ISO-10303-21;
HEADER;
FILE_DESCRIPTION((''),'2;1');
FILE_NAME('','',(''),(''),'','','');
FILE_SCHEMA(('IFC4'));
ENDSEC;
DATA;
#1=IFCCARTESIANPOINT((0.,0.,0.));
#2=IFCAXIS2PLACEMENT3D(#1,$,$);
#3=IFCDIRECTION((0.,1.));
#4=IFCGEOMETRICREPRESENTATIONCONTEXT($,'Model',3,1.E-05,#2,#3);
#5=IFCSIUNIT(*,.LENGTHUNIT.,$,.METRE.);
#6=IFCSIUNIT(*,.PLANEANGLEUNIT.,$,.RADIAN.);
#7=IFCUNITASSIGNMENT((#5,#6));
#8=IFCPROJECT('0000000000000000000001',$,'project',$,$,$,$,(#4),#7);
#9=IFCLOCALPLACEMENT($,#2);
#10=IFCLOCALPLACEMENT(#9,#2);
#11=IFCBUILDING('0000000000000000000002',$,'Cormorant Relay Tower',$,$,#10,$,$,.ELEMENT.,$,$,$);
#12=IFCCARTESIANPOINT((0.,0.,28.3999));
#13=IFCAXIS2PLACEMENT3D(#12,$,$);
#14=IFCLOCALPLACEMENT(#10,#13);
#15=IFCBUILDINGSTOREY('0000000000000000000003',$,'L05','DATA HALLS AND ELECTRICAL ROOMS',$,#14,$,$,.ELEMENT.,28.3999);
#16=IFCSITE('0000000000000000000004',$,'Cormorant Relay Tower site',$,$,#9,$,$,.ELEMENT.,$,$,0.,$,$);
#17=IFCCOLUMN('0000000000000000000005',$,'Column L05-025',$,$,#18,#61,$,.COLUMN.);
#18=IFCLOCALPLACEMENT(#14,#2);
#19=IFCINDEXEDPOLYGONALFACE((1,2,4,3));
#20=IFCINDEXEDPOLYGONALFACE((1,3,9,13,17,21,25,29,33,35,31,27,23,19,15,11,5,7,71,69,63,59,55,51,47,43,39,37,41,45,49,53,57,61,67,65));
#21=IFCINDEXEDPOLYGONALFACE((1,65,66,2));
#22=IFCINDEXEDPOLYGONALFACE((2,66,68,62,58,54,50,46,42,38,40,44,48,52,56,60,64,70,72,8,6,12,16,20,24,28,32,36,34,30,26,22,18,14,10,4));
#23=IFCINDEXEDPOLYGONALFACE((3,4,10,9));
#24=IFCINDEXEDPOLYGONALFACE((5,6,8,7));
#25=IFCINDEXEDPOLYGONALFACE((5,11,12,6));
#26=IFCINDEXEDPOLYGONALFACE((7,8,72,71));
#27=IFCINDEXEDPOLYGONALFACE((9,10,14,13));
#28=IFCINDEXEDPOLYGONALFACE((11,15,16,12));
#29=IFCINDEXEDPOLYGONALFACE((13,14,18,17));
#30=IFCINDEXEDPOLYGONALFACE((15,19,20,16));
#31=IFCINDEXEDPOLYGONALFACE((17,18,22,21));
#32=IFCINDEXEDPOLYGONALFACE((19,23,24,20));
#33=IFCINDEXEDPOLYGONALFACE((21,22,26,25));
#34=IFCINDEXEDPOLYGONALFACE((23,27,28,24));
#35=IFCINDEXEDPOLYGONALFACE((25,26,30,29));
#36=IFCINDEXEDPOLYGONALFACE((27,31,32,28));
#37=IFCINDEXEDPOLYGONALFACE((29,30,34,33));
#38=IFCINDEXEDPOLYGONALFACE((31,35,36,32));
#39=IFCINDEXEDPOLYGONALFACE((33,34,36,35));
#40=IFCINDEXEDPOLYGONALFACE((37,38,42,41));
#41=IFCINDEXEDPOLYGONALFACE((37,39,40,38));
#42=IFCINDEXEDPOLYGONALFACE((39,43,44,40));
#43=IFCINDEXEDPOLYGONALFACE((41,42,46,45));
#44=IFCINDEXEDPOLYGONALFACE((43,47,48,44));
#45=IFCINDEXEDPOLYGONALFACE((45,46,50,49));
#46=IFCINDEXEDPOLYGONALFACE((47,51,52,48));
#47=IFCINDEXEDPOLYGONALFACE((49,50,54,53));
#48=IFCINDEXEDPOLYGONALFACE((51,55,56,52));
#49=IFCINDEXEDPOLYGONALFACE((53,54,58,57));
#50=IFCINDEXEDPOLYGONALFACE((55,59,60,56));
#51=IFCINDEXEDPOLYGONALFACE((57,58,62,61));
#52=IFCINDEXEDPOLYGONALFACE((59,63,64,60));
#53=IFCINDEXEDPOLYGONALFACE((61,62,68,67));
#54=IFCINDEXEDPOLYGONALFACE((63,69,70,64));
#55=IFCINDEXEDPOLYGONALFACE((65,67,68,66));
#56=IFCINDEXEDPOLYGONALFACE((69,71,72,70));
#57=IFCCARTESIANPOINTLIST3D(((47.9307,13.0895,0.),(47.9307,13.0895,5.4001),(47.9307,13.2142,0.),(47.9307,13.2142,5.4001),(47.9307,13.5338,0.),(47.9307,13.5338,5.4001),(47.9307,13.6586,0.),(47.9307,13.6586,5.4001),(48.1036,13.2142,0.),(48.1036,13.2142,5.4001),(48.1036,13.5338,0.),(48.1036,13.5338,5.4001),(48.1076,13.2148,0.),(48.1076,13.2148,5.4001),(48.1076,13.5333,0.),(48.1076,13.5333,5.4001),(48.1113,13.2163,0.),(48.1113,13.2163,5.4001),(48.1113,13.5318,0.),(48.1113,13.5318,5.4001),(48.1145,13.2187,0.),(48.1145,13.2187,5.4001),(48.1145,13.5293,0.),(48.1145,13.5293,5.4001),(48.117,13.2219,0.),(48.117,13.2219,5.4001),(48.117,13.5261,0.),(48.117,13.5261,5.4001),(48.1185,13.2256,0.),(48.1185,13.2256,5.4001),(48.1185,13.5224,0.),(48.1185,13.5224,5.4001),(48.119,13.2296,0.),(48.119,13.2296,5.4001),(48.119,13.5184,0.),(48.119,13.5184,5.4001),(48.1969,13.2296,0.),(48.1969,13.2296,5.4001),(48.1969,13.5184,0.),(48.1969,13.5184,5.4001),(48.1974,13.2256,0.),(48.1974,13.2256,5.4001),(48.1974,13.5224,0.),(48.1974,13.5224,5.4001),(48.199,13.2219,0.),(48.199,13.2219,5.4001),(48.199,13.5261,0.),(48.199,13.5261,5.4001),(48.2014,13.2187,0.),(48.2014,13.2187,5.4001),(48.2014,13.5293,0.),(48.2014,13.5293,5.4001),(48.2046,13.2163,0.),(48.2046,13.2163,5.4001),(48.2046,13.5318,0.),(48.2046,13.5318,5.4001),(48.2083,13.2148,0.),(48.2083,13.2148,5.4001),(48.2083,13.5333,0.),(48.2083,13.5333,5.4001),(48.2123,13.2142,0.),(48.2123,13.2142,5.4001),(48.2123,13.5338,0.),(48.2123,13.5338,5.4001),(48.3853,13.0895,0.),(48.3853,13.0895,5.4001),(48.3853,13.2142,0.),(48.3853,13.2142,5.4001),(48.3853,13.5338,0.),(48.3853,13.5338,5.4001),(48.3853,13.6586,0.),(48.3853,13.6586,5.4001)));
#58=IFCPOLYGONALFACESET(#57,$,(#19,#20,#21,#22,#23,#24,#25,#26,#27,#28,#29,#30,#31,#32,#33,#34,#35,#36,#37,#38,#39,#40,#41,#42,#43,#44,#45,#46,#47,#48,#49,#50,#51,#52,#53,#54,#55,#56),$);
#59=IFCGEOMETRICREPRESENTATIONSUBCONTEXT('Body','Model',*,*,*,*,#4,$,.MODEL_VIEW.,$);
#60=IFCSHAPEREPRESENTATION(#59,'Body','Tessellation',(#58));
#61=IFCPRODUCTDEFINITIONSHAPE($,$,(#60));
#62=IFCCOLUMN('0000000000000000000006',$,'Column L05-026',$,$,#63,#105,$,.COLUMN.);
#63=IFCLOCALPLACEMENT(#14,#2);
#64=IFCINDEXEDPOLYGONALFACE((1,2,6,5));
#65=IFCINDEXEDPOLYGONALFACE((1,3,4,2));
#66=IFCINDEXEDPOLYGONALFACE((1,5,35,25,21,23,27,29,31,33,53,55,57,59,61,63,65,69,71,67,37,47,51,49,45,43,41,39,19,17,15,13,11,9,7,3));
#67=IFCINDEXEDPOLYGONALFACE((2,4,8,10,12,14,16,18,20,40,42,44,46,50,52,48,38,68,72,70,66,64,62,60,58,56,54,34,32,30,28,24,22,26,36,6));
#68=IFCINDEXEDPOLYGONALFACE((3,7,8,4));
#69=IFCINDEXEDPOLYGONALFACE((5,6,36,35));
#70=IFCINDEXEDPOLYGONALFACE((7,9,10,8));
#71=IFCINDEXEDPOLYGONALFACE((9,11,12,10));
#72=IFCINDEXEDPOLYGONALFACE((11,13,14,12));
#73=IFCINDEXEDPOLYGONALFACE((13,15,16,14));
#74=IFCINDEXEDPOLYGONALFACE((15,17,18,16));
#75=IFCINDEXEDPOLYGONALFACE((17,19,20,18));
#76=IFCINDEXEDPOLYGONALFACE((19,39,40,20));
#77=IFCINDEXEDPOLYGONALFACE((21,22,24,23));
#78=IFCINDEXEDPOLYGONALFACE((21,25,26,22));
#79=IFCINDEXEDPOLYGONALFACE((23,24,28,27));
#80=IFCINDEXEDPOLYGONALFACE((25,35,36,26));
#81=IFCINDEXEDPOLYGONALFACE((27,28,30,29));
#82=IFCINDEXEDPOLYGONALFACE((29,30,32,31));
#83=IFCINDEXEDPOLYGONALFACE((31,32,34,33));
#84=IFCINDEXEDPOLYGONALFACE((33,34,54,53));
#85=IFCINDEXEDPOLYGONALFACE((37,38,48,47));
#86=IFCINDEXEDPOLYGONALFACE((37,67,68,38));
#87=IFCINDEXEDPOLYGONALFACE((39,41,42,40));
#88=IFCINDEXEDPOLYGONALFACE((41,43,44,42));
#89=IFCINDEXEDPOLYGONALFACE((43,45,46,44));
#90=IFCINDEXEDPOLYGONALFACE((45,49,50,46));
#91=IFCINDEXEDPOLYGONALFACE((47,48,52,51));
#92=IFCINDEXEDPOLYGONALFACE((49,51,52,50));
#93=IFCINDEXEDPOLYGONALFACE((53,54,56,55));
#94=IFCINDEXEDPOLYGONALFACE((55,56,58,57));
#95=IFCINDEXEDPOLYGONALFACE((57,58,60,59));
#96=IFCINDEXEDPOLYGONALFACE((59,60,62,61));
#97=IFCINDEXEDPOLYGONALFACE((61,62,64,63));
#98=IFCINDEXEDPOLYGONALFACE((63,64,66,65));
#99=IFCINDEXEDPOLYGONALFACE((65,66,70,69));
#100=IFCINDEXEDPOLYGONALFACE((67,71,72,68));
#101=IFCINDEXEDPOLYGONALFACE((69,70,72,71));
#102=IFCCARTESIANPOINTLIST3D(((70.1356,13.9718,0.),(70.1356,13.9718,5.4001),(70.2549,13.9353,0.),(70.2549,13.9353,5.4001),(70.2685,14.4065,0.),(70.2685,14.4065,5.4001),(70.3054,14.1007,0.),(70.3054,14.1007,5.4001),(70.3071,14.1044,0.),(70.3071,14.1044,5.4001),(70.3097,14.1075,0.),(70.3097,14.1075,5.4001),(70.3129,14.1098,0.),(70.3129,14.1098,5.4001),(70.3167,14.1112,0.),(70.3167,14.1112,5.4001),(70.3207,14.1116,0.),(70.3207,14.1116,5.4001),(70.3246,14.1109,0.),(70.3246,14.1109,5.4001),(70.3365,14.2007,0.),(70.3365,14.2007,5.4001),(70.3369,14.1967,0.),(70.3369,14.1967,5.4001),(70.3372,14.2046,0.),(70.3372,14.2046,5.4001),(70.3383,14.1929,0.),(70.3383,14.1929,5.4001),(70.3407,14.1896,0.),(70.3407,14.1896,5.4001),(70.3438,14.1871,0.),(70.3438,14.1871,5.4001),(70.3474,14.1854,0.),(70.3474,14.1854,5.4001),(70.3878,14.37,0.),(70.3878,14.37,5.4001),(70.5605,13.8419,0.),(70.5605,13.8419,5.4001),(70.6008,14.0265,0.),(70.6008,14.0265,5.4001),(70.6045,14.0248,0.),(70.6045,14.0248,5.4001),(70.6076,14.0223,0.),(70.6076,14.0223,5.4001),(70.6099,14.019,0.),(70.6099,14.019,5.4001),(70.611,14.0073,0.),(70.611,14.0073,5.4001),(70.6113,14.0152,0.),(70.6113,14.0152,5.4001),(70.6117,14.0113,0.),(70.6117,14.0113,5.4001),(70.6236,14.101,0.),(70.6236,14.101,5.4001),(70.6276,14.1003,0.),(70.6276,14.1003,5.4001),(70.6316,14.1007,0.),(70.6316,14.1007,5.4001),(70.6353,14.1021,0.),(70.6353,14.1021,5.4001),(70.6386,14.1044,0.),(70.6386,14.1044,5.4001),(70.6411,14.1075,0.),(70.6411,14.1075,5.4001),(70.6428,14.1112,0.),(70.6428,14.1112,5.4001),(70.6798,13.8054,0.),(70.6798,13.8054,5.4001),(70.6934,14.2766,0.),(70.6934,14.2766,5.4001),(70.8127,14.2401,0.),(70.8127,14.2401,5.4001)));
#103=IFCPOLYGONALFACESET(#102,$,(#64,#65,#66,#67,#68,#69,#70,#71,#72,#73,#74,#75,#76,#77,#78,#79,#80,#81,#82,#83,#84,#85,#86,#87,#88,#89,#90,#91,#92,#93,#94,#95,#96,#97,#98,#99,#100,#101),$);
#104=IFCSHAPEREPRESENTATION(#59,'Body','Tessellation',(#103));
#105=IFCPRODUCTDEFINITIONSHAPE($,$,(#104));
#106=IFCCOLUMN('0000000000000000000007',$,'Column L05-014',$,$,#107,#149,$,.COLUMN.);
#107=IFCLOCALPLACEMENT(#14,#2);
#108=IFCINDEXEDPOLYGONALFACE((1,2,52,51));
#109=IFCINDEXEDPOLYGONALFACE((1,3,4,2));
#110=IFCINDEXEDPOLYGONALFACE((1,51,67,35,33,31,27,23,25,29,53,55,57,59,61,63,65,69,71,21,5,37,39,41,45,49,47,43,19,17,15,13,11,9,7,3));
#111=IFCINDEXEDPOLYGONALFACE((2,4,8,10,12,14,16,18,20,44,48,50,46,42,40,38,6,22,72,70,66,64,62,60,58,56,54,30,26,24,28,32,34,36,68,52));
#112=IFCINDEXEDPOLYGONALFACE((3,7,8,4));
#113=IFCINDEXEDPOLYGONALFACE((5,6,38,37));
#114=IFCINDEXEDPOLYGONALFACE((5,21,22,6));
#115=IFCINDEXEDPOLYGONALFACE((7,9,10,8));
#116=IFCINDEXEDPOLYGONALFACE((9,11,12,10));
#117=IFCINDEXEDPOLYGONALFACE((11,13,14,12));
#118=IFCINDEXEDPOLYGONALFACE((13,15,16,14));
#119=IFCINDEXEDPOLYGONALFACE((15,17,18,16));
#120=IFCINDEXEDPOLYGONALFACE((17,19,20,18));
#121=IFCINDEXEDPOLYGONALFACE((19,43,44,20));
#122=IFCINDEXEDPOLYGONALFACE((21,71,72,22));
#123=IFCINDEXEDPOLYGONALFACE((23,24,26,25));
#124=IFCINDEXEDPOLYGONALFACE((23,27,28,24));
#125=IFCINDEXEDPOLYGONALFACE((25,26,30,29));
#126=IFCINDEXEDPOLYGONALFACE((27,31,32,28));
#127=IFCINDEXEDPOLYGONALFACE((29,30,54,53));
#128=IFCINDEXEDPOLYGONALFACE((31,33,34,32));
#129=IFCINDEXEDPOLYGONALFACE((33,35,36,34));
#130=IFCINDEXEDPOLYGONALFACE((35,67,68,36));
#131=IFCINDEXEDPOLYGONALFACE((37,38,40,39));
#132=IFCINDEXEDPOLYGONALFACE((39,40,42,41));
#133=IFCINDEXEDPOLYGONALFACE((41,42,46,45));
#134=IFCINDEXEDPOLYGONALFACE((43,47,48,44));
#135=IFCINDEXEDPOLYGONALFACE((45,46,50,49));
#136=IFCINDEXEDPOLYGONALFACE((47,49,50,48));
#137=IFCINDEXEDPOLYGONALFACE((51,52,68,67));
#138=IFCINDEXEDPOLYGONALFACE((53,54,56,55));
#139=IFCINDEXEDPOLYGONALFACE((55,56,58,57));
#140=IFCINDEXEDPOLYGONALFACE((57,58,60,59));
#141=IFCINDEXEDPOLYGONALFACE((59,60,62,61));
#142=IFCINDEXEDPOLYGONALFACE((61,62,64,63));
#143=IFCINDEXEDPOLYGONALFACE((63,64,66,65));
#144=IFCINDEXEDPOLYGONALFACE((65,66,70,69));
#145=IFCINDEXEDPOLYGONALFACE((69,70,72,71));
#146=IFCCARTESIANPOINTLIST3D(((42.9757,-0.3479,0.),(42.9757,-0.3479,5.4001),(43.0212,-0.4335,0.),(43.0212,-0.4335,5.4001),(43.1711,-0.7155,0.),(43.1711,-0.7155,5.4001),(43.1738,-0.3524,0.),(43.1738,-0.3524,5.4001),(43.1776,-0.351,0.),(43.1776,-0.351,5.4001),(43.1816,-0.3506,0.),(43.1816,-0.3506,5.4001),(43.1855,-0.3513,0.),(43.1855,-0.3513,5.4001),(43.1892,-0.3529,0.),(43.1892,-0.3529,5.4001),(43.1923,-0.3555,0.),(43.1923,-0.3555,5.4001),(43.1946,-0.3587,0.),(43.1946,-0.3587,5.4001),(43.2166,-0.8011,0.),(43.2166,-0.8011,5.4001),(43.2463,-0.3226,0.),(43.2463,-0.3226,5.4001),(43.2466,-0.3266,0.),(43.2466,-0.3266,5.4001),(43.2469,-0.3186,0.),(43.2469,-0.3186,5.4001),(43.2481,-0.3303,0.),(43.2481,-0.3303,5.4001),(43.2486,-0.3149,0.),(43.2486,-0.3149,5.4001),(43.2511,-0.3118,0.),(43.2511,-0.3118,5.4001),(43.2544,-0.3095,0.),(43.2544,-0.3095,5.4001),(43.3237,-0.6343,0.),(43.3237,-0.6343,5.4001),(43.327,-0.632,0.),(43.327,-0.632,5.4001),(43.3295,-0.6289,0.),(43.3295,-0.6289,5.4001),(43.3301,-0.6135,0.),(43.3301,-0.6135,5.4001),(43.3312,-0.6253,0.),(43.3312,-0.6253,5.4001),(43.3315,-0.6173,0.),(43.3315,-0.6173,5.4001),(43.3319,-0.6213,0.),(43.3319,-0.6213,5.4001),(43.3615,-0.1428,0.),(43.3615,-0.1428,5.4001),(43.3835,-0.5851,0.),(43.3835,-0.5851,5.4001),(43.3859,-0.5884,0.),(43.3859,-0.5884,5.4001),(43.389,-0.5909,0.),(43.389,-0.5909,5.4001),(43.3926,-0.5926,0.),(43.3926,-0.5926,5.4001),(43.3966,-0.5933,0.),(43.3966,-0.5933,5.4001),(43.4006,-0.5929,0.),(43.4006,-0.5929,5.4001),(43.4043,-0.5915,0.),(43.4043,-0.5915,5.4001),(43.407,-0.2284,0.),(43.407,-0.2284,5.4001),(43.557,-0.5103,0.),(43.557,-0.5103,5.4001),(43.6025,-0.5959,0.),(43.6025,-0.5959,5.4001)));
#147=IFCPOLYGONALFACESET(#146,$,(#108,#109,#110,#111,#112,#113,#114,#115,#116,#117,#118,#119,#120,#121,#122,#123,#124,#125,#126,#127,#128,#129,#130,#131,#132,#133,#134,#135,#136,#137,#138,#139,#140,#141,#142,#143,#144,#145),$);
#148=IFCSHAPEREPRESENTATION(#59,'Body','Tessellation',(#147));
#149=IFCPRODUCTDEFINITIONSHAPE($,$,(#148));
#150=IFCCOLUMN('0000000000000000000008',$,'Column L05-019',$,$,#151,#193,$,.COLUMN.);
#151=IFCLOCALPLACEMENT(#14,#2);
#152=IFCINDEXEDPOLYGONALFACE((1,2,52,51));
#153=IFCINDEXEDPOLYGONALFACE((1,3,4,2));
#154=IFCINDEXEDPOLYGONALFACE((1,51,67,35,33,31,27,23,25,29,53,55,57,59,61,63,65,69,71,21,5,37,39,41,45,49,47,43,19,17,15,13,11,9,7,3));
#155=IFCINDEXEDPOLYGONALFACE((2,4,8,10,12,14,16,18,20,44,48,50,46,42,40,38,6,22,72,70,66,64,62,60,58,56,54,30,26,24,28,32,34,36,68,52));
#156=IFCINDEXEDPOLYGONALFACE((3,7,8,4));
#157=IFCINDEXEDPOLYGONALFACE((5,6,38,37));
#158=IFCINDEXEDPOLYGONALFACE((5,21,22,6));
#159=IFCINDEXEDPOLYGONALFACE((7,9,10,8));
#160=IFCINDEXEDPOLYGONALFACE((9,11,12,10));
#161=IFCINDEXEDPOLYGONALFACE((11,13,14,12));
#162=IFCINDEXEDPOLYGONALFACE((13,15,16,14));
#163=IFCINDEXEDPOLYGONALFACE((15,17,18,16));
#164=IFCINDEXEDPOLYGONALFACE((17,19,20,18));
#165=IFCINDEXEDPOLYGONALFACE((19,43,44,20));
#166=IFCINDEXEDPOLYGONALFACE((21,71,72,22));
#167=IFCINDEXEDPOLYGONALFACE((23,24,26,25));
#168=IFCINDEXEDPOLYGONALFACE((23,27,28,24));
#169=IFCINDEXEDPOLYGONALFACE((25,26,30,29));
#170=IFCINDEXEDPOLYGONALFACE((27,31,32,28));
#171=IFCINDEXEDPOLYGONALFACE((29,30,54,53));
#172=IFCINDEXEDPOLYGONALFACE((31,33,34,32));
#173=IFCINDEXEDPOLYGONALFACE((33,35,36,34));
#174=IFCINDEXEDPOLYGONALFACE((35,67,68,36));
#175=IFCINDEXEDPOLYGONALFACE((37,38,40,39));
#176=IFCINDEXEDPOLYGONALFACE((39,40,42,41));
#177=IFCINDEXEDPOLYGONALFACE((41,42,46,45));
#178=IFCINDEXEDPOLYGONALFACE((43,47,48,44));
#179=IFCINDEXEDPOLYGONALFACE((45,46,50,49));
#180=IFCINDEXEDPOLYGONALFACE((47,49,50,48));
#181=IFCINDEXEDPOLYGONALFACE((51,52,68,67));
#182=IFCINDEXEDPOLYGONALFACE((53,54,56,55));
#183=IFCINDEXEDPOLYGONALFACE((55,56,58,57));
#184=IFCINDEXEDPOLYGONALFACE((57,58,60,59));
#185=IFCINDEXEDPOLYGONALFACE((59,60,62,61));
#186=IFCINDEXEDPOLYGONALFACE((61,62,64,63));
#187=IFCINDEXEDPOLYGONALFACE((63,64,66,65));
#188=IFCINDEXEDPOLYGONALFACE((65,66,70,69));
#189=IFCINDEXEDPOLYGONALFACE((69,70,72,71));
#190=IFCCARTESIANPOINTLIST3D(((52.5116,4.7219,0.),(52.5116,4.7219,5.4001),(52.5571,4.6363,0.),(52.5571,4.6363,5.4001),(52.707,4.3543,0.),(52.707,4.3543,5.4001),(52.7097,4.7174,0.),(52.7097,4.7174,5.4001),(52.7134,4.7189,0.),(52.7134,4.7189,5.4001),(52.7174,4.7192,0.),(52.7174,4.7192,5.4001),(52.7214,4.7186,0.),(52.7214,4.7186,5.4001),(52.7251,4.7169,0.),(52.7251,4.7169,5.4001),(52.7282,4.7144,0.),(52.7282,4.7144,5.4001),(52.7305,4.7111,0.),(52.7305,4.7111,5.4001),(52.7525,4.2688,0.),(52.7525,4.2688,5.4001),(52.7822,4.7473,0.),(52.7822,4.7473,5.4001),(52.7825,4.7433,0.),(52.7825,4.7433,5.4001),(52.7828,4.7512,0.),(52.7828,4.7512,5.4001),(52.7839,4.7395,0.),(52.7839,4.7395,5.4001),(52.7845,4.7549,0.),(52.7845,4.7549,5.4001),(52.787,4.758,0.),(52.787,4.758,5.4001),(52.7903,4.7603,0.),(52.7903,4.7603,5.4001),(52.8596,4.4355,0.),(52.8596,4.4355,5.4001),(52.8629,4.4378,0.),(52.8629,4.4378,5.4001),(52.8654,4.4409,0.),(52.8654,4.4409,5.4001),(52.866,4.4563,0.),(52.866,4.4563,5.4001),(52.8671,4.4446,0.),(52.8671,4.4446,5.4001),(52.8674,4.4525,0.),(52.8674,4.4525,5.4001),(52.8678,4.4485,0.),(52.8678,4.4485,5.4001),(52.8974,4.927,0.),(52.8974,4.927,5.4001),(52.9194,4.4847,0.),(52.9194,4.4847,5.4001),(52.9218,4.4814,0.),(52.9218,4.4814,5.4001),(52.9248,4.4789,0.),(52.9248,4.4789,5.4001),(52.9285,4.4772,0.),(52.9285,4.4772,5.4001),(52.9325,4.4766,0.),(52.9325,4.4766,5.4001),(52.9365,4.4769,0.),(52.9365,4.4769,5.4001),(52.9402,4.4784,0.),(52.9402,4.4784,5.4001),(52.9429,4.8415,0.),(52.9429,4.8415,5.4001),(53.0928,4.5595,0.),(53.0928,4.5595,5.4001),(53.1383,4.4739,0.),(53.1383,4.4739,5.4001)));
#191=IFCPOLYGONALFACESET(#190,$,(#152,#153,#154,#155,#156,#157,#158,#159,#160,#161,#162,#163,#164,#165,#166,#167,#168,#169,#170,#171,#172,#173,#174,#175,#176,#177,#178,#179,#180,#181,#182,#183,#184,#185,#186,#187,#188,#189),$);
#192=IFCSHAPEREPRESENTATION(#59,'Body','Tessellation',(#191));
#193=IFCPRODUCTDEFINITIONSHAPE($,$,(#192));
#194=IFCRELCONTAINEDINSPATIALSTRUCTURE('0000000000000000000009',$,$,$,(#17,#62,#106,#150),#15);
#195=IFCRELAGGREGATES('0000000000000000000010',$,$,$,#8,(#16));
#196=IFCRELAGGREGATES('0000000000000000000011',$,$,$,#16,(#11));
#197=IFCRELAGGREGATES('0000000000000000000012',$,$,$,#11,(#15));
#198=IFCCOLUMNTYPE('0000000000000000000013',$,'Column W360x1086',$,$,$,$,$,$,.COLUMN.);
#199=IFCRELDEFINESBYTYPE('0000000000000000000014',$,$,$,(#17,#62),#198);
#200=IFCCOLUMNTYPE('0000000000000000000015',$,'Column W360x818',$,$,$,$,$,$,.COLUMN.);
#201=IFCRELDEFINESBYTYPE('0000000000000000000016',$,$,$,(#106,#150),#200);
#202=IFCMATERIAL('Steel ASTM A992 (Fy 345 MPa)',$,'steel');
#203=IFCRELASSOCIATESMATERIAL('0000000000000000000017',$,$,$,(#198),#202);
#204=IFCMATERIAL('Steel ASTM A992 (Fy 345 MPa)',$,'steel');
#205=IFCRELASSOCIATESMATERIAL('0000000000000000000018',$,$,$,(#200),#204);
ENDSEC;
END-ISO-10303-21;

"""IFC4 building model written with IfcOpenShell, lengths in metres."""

from ifc_helpers import new_model, si_unit, direction, frame, origin, origin_2d, place, context, subcontext, project, spatial, i_section, extrude, material, material_profile, profile_set, type_object, element, save


model = new_model("IFC4")

# Units and contexts
model_context = context("Model", 3, precision=1e-05, world=origin(), true_north=direction((0.0, 1.0)))
body_context = subcontext(model_context, "Body", "Model", "MODEL_VIEW")
ifc_project = project(units=[si_unit("LENGTHUNIT", "METRE"), si_unit("PLANEANGLEUNIT", "RADIAN")], contexts=[model_context])

# Site, building, storey
site_placement = place(None, origin())
site = spatial("IfcSite", under=ifc_project, at=site_placement, Name="Cormorant Relay Tower site", CompositionType="ELEMENT", RefElevation=0.0)
building_placement = place(site_placement, origin())
building = spatial("IfcBuilding", under=site, at=building_placement, Name="Cormorant Relay Tower", CompositionType="ELEMENT")
storey_placement = place(building_placement, frame((0.0, 0.0, 28.3999)))
storey = spatial("IfcBuildingStorey", under=building, at=storey_placement, Name="L05", Description="DATA HALLS AND ELECTRICAL ROOMS", CompositionType="ELEMENT", Elevation=28.3999)

# Columns
ifc_material_1 = material(Name="Steel ASTM A992 (Fy 345 MPa)", Category="steel")
ifc_material_profile_1 = material_profile(ifc_material_1, i_section(OverallWidth=0.4546, OverallDepth=0.5691, WebThickness=0.0779, FlangeThickness=0.1248, FilletRadius=0.0154, at=origin_2d()), Name="W360x1086")
ifc_profile_set_1 = profile_set([ifc_material_profile_1], Name="Steel ASTM A992 (Fy 345 MPa)")
column_type_1 = type_object("IfcColumnType", Name="Column W360x1086", PredefinedType="COLUMN", material=ifc_profile_set_1)
for number, where, z_axis, x_axis, name in (
    (1, (48.158, 13.374, 0.0), (0.0, 0.0, 1.0), (1.0, 0.0, 0.0), "Column L05-025"),
    (2, (70.4741, 14.106, 0.0), (0.0, 0.0, 1.0), (0.292372, 0.956305, 0.0), "Column L05-026"),
):
    element("IfcColumn", number, at=place(storey_placement, frame(where, z_axis=z_axis, x_axis=x_axis)), inside=storey, type_object=column_type_1, Name=name, PredefinedType="COLUMN", context=body_context, shape_type="SweptSolid", body=[
        extrude(i_section(OverallWidth=0.4546, OverallDepth=0.5691, WebThickness=0.0779, FlangeThickness=0.1248, FilletRadius=0.0154, at=origin_2d()), origin(), (0.0, 0.0, 1.0), 5.4001),
    ])
ifc_material_2 = material(Name="Steel ASTM A992 (Fy 345 MPa)", Category="steel")
ifc_material_profile_2 = material_profile(ifc_material_2, i_section(OverallWidth=0.437, OverallDepth=0.5132, WebThickness=0.0605, FlangeThickness=0.0969, FilletRadius=0.0154, at=origin_2d()), Name="W360x818")
ifc_profile_set_2 = profile_set([ifc_material_profile_2], Name="Steel ASTM A992 (Fy 345 MPa)")
column_type_2 = type_object("IfcColumnType", Name="Column W360x818", PredefinedType="COLUMN", material=ifc_profile_set_2)
for number, where, z_axis, x_axis, name in (
    (3, (43.2891, -0.4719, 0.0), (0.0, 0.0, 1.0), (0.882948, 0.469472, 0.0), "Column L05-014"),
    (4, (52.825, 4.5979, 0.0), (0.0, 0.0, 1.0), (0.882948, 0.469472, 0.0), "Column L05-019"),
):
    element("IfcColumn", number, at=place(storey_placement, frame(where, z_axis=z_axis, x_axis=x_axis)), inside=storey, type_object=column_type_2, Name=name, PredefinedType="COLUMN", context=body_context, shape_type="SweptSolid", body=[
        extrude(i_section(OverallWidth=0.437, OverallDepth=0.5132, WebThickness=0.0605, FlangeThickness=0.0969, FilletRadius=0.0154, at=origin_2d()), origin(), (0.0, 0.0, 1.0), 5.4001),
    ])

save(model, "model.ifc")
